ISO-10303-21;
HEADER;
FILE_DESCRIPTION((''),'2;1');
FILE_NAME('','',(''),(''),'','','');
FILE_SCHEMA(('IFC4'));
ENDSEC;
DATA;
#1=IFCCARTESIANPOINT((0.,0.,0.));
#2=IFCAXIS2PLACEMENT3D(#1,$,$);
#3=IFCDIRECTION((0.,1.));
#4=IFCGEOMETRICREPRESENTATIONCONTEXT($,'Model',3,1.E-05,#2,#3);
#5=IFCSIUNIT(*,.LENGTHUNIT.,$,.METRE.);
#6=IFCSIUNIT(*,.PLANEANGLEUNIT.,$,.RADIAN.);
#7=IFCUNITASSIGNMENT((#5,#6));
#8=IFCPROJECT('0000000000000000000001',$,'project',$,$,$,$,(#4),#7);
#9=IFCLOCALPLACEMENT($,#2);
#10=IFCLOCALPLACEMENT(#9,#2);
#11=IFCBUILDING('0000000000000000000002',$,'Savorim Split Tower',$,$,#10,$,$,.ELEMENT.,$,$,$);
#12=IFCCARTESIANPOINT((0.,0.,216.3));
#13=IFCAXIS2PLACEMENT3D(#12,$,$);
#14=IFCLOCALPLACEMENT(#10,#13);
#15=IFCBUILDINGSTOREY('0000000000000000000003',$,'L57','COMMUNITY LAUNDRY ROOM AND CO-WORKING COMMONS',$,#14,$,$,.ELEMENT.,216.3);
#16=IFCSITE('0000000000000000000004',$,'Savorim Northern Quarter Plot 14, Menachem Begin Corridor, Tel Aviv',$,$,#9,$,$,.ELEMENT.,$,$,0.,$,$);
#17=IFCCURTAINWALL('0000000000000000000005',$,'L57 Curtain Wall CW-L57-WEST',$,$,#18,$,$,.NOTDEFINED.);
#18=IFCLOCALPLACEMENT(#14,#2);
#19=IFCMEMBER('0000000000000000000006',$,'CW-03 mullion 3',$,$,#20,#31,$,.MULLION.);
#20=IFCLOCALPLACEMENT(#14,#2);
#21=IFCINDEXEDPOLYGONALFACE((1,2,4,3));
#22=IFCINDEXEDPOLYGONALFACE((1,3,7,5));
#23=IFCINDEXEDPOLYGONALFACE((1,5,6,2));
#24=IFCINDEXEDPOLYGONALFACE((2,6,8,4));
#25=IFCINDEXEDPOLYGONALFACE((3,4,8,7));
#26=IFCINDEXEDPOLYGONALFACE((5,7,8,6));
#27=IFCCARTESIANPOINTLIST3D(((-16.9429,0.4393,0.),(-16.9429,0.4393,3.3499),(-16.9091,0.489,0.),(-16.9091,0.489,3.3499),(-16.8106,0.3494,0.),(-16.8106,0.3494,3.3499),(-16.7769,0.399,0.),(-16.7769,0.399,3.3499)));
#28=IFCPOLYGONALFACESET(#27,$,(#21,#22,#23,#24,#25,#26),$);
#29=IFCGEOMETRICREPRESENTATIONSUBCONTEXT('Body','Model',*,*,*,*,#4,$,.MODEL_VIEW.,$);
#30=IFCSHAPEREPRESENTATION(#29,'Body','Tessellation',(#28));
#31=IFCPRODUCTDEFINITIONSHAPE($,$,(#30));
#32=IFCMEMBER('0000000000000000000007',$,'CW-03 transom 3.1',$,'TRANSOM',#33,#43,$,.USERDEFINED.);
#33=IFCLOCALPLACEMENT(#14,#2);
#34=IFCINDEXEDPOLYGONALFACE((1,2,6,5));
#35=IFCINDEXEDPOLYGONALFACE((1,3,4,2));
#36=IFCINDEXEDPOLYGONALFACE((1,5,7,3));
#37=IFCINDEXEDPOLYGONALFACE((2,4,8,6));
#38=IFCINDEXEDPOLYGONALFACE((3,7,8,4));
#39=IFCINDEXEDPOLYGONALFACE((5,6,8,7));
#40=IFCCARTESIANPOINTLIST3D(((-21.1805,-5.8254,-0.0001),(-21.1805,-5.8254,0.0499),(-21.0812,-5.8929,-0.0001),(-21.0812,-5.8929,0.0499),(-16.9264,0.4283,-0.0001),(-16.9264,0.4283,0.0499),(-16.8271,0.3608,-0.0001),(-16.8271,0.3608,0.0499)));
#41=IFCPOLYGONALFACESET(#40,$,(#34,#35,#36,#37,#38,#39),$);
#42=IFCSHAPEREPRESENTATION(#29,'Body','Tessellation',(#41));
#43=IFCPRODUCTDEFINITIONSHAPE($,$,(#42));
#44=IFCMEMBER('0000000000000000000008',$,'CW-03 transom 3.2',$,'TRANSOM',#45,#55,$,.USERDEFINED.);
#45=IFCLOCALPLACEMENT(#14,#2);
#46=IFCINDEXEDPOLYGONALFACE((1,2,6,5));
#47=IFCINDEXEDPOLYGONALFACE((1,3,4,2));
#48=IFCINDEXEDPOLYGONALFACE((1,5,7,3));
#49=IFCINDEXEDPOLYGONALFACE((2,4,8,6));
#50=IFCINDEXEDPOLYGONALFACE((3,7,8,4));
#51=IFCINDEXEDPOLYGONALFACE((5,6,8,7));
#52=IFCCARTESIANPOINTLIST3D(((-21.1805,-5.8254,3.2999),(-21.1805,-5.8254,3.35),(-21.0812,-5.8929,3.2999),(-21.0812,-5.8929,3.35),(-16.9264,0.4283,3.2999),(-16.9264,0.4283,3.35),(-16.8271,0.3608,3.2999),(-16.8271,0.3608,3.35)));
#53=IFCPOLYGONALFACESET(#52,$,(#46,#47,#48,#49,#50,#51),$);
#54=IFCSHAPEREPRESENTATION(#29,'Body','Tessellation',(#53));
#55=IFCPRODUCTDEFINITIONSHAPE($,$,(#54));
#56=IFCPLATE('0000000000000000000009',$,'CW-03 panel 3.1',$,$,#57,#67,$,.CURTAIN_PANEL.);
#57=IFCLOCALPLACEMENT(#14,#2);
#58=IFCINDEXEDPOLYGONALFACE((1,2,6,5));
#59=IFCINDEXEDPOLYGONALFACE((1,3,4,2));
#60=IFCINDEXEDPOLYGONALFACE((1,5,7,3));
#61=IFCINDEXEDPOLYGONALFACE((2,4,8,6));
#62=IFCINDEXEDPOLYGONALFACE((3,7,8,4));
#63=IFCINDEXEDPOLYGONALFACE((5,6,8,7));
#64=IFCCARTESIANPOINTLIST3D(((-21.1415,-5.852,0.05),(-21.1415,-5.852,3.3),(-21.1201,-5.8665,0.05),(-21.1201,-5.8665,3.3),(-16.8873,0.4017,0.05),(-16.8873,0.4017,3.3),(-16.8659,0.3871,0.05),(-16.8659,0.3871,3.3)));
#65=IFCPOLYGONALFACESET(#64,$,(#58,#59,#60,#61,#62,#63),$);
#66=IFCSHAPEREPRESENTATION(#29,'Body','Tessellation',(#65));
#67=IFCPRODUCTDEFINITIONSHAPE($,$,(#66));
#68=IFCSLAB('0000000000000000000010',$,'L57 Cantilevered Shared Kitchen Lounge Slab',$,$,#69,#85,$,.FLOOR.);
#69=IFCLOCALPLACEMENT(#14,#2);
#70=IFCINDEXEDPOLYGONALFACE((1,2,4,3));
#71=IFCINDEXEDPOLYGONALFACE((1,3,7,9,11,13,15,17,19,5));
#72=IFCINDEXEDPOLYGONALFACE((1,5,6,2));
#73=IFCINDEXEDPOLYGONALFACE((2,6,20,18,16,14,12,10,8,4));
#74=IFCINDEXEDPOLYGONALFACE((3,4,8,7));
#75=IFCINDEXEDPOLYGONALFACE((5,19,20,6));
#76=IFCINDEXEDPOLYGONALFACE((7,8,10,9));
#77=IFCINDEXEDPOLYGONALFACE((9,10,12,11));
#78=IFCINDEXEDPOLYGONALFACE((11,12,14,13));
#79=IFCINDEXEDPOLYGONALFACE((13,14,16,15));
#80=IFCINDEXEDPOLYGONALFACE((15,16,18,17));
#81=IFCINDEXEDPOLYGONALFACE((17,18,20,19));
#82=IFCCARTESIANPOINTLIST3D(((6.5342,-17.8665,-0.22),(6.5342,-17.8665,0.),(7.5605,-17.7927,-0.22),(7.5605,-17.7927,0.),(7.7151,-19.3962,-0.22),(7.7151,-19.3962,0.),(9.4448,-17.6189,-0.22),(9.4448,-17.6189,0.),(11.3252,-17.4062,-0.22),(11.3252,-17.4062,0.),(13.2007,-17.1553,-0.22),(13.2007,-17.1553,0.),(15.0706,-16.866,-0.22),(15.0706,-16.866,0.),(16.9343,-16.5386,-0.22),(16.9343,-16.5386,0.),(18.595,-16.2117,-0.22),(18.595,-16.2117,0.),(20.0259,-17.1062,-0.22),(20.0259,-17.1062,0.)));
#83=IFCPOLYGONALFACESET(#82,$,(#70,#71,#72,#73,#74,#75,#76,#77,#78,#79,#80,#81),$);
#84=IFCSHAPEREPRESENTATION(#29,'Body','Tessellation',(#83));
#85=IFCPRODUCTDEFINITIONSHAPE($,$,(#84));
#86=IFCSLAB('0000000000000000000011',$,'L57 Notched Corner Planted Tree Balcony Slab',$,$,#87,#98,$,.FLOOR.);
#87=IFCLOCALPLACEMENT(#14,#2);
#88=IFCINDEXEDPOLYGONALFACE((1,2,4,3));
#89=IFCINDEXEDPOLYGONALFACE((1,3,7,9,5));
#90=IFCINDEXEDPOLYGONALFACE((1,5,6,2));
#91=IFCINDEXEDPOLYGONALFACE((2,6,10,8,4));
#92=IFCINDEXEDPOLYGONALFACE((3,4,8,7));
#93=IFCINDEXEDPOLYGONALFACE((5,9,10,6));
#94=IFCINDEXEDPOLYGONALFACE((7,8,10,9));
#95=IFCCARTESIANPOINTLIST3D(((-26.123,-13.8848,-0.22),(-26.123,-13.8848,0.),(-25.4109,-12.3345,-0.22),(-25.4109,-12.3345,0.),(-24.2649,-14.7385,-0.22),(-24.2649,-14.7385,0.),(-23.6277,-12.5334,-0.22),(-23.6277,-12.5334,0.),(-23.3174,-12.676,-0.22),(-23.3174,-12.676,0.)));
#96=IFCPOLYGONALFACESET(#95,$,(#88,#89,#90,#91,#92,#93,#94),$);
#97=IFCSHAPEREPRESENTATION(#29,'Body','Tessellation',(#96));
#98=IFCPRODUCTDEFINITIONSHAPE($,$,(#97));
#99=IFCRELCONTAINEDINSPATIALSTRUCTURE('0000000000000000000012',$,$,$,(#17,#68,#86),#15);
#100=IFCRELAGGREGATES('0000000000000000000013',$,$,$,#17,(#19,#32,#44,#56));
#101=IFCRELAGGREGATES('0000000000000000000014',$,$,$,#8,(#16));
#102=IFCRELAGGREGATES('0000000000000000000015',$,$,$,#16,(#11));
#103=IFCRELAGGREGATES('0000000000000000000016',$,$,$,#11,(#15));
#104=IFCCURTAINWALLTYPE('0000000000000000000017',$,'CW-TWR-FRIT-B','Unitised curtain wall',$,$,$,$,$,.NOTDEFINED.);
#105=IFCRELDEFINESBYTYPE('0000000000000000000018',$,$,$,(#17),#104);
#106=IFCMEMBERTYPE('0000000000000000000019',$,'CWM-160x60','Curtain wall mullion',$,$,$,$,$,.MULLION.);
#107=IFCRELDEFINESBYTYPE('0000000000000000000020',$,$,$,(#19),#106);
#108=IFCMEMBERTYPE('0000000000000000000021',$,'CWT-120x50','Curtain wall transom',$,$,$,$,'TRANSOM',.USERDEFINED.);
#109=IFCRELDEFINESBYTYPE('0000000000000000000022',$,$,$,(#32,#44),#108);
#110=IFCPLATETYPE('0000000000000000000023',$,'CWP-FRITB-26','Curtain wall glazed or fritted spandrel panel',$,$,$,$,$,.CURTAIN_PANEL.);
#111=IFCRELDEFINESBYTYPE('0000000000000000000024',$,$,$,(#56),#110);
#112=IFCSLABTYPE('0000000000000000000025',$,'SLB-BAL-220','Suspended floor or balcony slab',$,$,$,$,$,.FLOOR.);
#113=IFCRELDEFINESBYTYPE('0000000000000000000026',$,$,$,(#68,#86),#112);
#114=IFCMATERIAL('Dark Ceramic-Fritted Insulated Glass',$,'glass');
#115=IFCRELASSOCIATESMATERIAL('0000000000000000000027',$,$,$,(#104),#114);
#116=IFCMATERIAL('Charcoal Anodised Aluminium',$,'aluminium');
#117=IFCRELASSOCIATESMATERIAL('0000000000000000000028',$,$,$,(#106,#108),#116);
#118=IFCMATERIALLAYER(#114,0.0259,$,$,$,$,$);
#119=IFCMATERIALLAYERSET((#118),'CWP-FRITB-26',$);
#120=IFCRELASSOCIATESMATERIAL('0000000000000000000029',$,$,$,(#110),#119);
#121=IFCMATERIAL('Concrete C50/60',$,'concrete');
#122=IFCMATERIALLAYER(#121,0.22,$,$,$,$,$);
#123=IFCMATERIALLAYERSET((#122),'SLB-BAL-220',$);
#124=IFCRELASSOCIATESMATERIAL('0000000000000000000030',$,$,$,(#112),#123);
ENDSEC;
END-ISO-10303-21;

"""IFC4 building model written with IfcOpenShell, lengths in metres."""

from ifc_helpers import new_model, si_unit, direction, frame, origin, origin_2d, place, context, subcontext, project, spatial, polyline, rectangle, outline, extrude, material, layer, layer_set, material_profile, profile_set, type_object, element, aggregate, save


model = new_model("IFC4")

# Units and contexts
model_context = context("Model", 3, precision=1e-05, world=origin(), true_north=direction((0.0, 1.0)))
body_context = subcontext(model_context, "Body", "Model", "MODEL_VIEW")
ifc_project = project(units=[si_unit("LENGTHUNIT", "METRE"), si_unit("PLANEANGLEUNIT", "RADIAN")], contexts=[model_context])

# Site, building, storey
site_placement = place(None, origin())
site = spatial("IfcSite", under=ifc_project, at=site_placement, Name="Savorim Northern Quarter Plot 14, Menachem Begin Corridor, Tel Aviv", CompositionType="ELEMENT", RefElevation=0.0)
building_placement = place(site_placement, origin())
building = spatial("IfcBuilding", under=site, at=building_placement, Name="Savorim Split Tower", CompositionType="ELEMENT")
storey_placement = place(building_placement, frame((0.0, 0.0, 216.3)))
storey = spatial("IfcBuildingStorey", under=building, at=storey_placement, Name="L57", Description="COMMUNITY LAUNDRY ROOM AND CO-WORKING COMMONS", CompositionType="ELEMENT", Elevation=216.3)

# Curtain wall, members, plate
ifc_material_1 = material(Name="Dark Ceramic-Fritted Insulated Glass", Category="glass")
curtain_wall_type = type_object("IfcCurtainWallType", Name="CW-TWR-FRIT-B", Description="Unitised curtain wall", PredefinedType="NOTDEFINED", material=ifc_material_1)
curtain_wall_placement = place(storey_placement, origin())
curtain_wall = element("IfcCurtainWall", 1, at=curtain_wall_placement, inside=storey, type_object=curtain_wall_type, Name="L57 Curtain Wall CW-L57-WEST", PredefinedType="NOTDEFINED")
ifc_material_2 = material(Name="Charcoal Anodised Aluminium", Category="aluminium")
ifc_material_profile_1 = material_profile(ifc_material_2, rectangle(XDim=0.1599, YDim=0.0601, at=origin_2d()), Name="ALU-M 160x60")
ifc_profile_set_1 = profile_set([ifc_material_profile_1], Name="Charcoal Anodised Aluminium")
member_type_1 = type_object("IfcMemberType", Name="CWM-160x60", Description="Curtain wall mullion", PredefinedType="MULLION", material=ifc_profile_set_1)
member_1_placement = place(storey_placement, frame((-16.8599, 0.4192, 0.0), z_axis=(0.0, 0.0, 1.0), x_axis=(0.826821, -0.562465, 0.0)))
member_1 = element("IfcMember", 2, at=member_1_placement, type_object=member_type_1, Name="CW-03 mullion 3", PredefinedType="MULLION", context=body_context, shape_type="SweptSolid", body=[
    extrude(rectangle(XDim=0.1599, YDim=0.0601, at=origin_2d()), origin(), (0.0, 0.0, 1.0), 3.3499),
])
ifc_material_profile_2 = material_profile(ifc_material_2, rectangle(XDim=0.1201, YDim=0.05, at=origin_2d()), Name="ALU-T 120x50")
ifc_profile_set_2 = profile_set([ifc_material_profile_2], Name="Charcoal Anodised Aluminium")
member_type_2 = type_object("IfcMemberType", Name="CWT-120x50", Description="Curtain wall transom", ElementType="TRANSOM", PredefinedType="USERDEFINED", material=ifc_profile_set_2)
member_2_placement = place(storey_placement, frame((-16.8767, 0.3945, 0.0249), z_axis=(-0.56246, -0.826824, 0.0), x_axis=(0.826824, -0.56246, 0.0)))
member_2 = element("IfcMember", 3, at=member_2_placement, type_object=member_type_2, Name="CW-03 transom 3.1", ObjectType="TRANSOM", PredefinedType="USERDEFINED", context=body_context, shape_type="SweptSolid", body=[
    extrude(rectangle(XDim=0.1201, YDim=0.05, at=origin_2d()), origin(), (0.0, 0.0, 1.0), 7.5635),
])
member_3_placement = place(storey_placement, frame((-16.8767, 0.3945, 3.325), z_axis=(-0.56246, -0.826824, 0.0), x_axis=(0.826824, -0.56246, 0.0)))
member_3 = element("IfcMember", 4, at=member_3_placement, type_object=member_type_2, Name="CW-03 transom 3.2", ObjectType="TRANSOM", PredefinedType="USERDEFINED", context=body_context, shape_type="SweptSolid", body=[
    extrude(rectangle(XDim=0.1201, YDim=0.05, at=origin_2d()), origin(), (0.0, 0.0, 1.0), 7.5635),
])
ifc_layer_1 = layer(ifc_material_1, 0.0259)
ifc_layer_set_1 = layer_set([ifc_layer_1], Name="CWP-FRITB-26")
plate_type = type_object("IfcPlateType", Name="CWP-FRITB-26", Description="Curtain wall glazed or fritted spandrel panel", PredefinedType="CURTAIN_PANEL", material=ifc_layer_set_1)
plate_placement = place(storey_placement, frame((-19.0037, -2.7324, 0.05), z_axis=(0.0, 0.0, 1.0), x_axis=(-0.562465, -0.826821, 0.0)))
plate = element("IfcPlate", 5, at=plate_placement, type_object=plate_type, Name="CW-03 panel 3.1", PredefinedType="CURTAIN_PANEL", context=body_context, shape_type="SweptSolid", body=[
    extrude(rectangle(XDim=7.5635, YDim=0.0259, at=origin_2d()), origin(), (0.0, 0.0, 1.0), 3.25),
])
aggregate(curtain_wall, [member_1, member_2, member_3, plate])

# Slabs
ifc_material_3 = material(Name="Concrete C50/60", Category="concrete")
ifc_layer_2 = layer(ifc_material_3, 0.22)
ifc_layer_set_2 = layer_set([ifc_layer_2], Name="SLB-BAL-220")
slab_type_1 = type_object("IfcSlabType", Name="SLB-BAL-220", Description="Suspended floor or balcony slab", PredefinedType="FLOOR", material=ifc_layer_set_2)
slab_1_placement = place(storey_placement, frame((0.0, 0.0, -0.22)))
element("IfcSlab", 6, at=slab_1_placement, inside=storey, type_object=slab_type_1, Name="L57 Cantilevered Shared Kitchen Lounge Slab", PredefinedType="FLOOR", context=body_context, shape_type="SweptSolid", body=[
    extrude(outline(polyline([(18.595, -16.2117), (16.9343, -16.5386), (15.0706, -16.866), (13.2007, -17.1553), (11.3252, -17.4062), (9.4448, -17.6189), (7.5605, -17.7927), (6.5342, -17.8665), (7.7151, -19.3962), (20.0259, -17.1062), (18.595, -16.2117)])), origin(), (0.0, 0.0, 1.0), 0.22),
])
slab_2_placement = place(storey_placement, frame((0.0, 0.0, -0.22)))
element("IfcSlab", 7, at=slab_2_placement, inside=storey, type_object=slab_type_1, Name="L57 Notched Corner Planted Tree Balcony Slab", PredefinedType="FLOOR", context=body_context, shape_type="SweptSolid", body=[
    extrude(outline(polyline([(-24.2649, -14.7385), (-23.3174, -12.676), (-23.6277, -12.5334), (-25.4109, -12.3345), (-26.123, -13.8848), (-24.2649, -14.7385)])), origin(), (0.0, 0.0, 1.0), 0.22),
])

save(model, "model.ifc")
